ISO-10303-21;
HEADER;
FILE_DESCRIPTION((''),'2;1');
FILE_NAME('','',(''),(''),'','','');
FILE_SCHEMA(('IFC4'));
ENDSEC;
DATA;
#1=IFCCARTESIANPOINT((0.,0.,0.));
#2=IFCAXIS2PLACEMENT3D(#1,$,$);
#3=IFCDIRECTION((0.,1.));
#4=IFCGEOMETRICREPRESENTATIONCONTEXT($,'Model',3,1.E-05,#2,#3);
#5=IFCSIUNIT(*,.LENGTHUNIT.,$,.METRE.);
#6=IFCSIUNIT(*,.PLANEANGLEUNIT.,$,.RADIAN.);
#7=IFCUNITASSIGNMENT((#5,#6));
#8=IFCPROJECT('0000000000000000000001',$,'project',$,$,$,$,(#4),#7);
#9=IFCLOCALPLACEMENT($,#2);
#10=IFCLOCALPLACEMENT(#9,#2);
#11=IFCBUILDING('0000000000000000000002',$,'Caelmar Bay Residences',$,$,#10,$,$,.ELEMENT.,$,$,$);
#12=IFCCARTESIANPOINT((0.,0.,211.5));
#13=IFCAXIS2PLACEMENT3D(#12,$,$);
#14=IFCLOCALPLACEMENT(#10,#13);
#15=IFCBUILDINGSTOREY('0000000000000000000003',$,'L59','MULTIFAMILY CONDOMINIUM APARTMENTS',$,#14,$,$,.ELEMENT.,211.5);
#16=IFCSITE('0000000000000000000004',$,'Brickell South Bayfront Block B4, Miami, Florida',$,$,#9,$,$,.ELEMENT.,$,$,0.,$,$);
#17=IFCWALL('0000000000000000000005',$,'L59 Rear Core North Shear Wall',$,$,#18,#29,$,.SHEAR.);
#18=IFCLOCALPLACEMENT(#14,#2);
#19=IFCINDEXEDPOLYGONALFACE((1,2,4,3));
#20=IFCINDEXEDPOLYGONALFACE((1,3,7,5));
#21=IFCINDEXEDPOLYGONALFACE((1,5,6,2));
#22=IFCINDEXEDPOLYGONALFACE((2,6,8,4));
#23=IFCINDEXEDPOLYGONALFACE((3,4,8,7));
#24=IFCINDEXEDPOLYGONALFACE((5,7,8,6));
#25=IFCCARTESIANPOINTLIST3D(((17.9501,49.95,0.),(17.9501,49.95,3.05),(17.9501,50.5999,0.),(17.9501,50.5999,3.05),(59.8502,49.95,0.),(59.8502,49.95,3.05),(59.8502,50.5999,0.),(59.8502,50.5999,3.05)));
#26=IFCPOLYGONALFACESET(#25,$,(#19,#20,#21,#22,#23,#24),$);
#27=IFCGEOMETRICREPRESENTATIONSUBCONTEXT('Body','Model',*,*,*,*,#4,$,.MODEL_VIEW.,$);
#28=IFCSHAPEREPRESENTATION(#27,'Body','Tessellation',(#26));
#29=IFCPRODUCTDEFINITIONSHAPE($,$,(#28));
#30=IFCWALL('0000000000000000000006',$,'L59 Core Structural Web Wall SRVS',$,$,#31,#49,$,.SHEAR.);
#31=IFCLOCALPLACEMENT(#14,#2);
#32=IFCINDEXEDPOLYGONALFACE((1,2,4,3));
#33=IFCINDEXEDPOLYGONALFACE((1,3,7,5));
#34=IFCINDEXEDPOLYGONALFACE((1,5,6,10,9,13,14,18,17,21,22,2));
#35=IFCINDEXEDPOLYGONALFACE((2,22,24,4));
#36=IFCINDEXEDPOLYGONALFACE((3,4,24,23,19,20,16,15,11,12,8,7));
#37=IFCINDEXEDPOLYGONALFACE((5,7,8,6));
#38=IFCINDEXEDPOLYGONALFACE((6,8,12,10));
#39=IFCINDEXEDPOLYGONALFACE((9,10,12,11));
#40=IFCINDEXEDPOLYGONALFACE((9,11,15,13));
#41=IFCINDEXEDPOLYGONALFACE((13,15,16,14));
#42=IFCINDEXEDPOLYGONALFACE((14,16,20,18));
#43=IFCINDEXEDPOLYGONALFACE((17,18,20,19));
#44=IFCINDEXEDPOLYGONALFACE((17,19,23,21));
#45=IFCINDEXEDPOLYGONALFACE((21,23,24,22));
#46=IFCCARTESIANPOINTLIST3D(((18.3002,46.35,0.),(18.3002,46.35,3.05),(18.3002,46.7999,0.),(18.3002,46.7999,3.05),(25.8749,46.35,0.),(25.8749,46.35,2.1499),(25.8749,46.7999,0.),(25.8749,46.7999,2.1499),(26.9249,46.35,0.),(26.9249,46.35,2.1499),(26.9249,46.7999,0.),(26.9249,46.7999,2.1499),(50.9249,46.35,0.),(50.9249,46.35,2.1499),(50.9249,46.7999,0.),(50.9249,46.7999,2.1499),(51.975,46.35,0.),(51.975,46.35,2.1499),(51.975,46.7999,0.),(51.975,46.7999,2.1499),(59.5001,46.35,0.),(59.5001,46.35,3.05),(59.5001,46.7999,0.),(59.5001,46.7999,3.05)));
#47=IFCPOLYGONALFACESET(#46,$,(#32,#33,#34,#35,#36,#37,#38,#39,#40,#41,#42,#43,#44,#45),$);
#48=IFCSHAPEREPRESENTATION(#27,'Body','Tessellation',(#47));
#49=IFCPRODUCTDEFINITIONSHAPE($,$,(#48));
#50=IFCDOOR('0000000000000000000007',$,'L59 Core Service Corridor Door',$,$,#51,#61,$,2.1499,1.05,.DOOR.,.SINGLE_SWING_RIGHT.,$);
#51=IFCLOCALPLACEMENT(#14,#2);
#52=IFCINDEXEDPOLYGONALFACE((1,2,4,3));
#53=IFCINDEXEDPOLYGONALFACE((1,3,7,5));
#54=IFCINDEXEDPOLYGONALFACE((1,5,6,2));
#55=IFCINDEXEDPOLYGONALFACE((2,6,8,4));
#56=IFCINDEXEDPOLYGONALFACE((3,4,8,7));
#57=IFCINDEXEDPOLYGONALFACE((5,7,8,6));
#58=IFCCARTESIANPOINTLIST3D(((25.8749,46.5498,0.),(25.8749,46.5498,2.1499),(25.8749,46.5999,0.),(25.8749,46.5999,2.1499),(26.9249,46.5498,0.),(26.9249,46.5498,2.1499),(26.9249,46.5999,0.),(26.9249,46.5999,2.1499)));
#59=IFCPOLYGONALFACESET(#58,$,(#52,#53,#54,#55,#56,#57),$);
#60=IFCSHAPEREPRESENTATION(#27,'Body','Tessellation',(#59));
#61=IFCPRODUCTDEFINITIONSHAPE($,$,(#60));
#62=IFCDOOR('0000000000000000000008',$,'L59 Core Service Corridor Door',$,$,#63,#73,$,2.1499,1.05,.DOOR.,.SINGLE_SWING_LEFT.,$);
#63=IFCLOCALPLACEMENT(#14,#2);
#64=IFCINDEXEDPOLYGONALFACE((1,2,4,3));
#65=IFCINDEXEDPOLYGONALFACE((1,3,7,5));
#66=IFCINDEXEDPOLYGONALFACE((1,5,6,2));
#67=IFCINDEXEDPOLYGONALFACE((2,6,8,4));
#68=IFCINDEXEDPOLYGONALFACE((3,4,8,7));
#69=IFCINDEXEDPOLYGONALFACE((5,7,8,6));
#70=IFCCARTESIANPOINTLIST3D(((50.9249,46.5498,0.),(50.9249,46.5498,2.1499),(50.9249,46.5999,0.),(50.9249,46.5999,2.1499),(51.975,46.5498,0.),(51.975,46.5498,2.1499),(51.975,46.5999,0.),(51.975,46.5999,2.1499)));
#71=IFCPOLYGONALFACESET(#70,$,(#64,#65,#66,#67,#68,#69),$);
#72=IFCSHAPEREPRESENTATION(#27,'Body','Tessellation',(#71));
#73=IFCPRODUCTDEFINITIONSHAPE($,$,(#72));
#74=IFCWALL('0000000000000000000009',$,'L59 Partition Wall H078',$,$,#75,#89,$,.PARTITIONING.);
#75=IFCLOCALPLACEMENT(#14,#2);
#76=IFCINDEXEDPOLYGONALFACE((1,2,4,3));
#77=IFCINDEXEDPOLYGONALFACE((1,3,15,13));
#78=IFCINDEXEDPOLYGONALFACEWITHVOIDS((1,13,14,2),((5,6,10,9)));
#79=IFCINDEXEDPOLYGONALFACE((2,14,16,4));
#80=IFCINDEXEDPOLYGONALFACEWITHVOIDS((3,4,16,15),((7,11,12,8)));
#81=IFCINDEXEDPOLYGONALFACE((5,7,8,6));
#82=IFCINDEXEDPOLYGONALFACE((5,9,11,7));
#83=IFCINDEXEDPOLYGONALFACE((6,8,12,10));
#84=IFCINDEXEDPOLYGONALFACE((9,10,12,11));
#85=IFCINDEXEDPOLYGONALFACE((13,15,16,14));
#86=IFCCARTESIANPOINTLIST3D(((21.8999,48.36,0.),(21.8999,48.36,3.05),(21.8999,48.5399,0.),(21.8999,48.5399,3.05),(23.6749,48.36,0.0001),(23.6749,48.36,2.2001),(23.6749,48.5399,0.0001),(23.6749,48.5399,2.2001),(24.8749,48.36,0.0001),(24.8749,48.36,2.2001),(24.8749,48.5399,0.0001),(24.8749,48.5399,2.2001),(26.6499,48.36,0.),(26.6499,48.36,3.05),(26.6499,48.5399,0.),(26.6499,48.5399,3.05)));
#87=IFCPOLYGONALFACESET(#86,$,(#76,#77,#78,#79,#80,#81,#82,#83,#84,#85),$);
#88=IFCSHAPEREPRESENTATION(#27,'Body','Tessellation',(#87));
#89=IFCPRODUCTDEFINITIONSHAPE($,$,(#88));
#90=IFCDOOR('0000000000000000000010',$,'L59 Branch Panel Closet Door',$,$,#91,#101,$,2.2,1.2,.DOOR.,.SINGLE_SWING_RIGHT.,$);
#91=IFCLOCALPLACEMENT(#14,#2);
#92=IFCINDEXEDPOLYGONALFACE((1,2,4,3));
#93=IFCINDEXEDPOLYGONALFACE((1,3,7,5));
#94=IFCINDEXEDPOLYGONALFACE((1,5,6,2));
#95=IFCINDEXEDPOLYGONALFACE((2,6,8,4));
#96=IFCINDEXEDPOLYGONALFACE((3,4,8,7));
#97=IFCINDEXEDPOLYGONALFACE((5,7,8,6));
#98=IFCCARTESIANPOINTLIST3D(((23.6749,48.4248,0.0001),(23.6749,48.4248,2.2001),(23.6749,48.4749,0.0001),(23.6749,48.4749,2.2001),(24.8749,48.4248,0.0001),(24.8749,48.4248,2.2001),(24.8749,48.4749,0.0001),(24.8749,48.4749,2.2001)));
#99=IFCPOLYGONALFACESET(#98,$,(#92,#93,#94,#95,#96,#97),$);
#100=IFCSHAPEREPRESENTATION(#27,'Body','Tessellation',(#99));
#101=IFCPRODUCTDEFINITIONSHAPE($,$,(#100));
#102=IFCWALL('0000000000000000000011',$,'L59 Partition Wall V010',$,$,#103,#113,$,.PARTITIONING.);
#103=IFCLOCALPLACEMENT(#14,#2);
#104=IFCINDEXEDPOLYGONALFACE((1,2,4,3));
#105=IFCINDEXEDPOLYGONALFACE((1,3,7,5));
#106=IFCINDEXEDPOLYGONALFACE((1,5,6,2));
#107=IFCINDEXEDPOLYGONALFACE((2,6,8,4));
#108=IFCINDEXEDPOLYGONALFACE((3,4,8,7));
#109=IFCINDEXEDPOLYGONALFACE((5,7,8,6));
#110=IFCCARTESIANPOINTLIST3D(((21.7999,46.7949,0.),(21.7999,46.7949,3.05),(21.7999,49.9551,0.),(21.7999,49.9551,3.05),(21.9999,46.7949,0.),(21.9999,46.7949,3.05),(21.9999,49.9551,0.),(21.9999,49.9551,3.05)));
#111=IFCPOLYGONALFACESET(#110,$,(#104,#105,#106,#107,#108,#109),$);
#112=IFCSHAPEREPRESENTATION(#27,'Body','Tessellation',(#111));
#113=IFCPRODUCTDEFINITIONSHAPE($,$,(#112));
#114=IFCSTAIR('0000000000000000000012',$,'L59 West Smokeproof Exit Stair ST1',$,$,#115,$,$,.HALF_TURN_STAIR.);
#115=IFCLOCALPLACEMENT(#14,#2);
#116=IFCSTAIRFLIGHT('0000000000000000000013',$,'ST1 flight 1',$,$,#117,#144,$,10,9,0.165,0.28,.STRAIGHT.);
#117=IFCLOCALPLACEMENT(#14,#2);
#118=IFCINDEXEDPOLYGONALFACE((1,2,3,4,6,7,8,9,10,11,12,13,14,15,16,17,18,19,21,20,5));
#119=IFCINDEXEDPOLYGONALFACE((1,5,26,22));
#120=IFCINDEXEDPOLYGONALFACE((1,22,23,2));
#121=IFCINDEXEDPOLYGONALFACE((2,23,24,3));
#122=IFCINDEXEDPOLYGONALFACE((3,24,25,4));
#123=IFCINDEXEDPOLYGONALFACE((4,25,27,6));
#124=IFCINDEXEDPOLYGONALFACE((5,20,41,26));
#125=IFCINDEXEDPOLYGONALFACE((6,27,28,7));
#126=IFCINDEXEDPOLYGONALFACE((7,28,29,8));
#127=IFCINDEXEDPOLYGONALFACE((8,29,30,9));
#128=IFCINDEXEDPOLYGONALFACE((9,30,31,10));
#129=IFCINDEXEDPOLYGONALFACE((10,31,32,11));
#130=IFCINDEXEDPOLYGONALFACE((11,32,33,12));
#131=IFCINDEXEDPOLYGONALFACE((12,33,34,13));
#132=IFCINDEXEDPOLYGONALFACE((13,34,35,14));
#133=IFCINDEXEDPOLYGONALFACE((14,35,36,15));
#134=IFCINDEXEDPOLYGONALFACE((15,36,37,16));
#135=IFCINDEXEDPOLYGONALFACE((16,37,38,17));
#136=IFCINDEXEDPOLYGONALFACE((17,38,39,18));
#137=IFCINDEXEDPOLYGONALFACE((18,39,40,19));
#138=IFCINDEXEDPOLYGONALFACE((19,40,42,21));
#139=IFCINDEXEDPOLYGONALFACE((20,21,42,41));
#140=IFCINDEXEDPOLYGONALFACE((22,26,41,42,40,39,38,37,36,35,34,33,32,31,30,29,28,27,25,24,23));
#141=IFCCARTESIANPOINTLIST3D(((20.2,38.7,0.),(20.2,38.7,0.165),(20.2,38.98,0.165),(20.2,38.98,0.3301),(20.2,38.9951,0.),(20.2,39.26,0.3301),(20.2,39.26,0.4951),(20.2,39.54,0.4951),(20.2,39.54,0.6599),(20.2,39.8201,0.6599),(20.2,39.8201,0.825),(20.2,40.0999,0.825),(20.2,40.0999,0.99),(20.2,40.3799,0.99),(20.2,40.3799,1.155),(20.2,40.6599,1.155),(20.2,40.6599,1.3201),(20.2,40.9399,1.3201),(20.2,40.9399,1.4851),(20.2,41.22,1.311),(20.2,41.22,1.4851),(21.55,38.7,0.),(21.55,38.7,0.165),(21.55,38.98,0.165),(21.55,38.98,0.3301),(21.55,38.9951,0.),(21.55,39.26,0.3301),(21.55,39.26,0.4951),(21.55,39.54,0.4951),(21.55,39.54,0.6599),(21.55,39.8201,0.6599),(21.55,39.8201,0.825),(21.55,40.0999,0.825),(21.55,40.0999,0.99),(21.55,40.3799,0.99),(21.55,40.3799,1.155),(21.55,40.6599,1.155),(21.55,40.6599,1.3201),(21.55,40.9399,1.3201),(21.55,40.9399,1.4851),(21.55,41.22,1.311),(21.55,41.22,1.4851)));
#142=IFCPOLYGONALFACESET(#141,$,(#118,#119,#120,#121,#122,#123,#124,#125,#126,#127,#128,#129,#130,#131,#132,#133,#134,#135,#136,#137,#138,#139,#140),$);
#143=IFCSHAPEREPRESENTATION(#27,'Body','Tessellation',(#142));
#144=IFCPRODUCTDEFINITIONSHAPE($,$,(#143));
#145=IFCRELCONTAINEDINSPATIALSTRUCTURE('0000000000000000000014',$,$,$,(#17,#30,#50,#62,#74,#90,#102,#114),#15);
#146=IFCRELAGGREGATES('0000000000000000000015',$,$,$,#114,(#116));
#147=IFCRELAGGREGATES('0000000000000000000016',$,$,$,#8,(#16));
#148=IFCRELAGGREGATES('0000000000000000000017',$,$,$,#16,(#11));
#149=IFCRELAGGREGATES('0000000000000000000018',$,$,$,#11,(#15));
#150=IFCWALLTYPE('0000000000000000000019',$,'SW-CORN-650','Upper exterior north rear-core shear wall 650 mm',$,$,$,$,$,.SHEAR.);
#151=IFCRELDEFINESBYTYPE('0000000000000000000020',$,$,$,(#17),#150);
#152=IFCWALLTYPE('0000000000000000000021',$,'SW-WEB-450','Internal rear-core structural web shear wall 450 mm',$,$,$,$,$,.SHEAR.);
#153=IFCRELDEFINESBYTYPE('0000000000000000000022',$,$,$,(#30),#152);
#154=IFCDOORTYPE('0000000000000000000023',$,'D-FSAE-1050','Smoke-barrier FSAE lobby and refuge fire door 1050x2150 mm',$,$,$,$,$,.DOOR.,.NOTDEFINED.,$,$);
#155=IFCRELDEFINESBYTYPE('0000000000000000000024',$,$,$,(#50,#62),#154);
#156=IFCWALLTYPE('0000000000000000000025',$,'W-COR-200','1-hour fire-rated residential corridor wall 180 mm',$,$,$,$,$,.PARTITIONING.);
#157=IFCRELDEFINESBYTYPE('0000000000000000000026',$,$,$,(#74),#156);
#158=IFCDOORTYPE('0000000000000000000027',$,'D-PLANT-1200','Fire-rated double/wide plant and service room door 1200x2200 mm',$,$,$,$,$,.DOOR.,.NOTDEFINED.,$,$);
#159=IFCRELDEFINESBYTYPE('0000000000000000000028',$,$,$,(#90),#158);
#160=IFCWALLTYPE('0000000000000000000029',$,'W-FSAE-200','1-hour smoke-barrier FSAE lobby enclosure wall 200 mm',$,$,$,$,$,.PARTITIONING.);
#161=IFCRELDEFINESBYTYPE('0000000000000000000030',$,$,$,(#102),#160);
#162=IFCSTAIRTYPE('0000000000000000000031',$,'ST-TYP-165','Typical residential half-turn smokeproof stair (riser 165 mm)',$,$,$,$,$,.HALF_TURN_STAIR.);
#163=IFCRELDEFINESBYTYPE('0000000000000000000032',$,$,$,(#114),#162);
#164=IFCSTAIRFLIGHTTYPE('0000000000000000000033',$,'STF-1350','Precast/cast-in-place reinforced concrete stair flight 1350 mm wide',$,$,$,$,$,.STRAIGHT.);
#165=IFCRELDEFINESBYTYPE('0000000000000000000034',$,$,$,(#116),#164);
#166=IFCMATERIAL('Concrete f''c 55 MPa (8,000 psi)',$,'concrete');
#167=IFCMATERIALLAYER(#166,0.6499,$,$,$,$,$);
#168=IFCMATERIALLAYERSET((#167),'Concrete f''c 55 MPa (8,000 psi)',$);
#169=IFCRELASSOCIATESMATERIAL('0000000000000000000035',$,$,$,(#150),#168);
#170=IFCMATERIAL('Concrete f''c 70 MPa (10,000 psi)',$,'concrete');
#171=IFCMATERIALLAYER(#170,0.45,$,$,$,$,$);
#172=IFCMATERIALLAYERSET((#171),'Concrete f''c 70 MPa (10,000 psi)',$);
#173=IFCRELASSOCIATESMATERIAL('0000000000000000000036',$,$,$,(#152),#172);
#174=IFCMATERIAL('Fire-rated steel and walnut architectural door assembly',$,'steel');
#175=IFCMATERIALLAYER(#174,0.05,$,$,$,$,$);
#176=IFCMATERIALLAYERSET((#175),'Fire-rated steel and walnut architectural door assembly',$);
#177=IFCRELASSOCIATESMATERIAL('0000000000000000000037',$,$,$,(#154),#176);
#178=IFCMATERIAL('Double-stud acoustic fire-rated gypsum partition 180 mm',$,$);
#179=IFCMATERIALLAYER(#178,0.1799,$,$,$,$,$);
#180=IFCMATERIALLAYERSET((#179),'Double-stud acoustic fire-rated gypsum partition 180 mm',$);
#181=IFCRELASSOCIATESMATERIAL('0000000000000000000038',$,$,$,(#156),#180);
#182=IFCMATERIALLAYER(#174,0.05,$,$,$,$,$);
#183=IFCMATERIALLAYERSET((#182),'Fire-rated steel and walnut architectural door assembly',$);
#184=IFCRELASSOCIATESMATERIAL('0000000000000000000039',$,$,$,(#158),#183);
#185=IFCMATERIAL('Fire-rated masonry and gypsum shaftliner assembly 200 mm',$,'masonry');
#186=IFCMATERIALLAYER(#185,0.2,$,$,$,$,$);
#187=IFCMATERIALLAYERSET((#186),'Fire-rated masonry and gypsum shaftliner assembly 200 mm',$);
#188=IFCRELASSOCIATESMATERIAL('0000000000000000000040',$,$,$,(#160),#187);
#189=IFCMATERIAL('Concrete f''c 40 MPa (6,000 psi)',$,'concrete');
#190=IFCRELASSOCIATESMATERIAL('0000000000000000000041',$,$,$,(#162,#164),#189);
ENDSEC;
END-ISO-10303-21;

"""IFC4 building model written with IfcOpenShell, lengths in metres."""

from ifc_helpers import new_model, si_unit, direction, frame, frame_2d, origin, place, context, subcontext, project, spatial, polyline, rectangle, outline, extrude, material, layer, layer_set, type_object, element, fill, aggregate, save


model = new_model("IFC4")

# Units and contexts
model_context = context("Model", 3, precision=1e-05, world=origin(), true_north=direction((0.0, 1.0)))
body_context = subcontext(model_context, "Body", "Model", "MODEL_VIEW")
ifc_project = project(units=[si_unit("LENGTHUNIT", "METRE"), si_unit("PLANEANGLEUNIT", "RADIAN")], contexts=[model_context])

# Site, building, storey
site_placement = place(None, origin())
site = spatial("IfcSite", under=ifc_project, at=site_placement, Name="Brickell South Bayfront Block B4, Miami, Florida", CompositionType="ELEMENT", RefElevation=0.0)
building_placement = place(site_placement, origin())
building = spatial("IfcBuilding", under=site, at=building_placement, Name="Caelmar Bay Residences", CompositionType="ELEMENT")
storey_placement = place(building_placement, frame((0.0, 0.0, 211.5)))
storey = spatial("IfcBuildingStorey", under=building, at=storey_placement, Name="L59", Description="MULTIFAMILY CONDOMINIUM APARTMENTS", CompositionType="ELEMENT", Elevation=211.5)

# Wall
ifc_material_1 = material(Name="Concrete f'c 55 MPa (8,000 psi)", Category="concrete")
ifc_layer_1 = layer(ifc_material_1, 0.6499)
ifc_layer_set_1 = layer_set([ifc_layer_1], Name="Concrete f'c 55 MPa (8,000 psi)")
wall_type_1 = type_object("IfcWallType", Name="SW-CORN-650", Description="Upper exterior north rear-core shear wall 650 mm", PredefinedType="SHEAR", material=ifc_layer_set_1)
wall_1_placement = place(storey_placement, frame((17.95, 50.2749, 0.0), z_axis=(0.0, 0.0, 1.0), x_axis=(1.0, 0.0, 0.0)))
element("IfcWall", 1, at=wall_1_placement, inside=storey, type_object=wall_type_1, Name="L59 Rear Core North Shear Wall", PredefinedType="SHEAR", context=body_context, shape_type="SweptSolid", body=[
    extrude(rectangle(XDim=41.9001, YDim=0.6499, at=frame_2d((20.9502, 0.0))), origin(), (0.0, 0.0, 1.0), 3.05),
])

# Wall, openings, doors
ifc_material_2 = material(Name="Concrete f'c 70 MPa (10,000 psi)", Category="concrete")
ifc_layer_2 = layer(ifc_material_2, 0.45)
ifc_layer_set_2 = layer_set([ifc_layer_2], Name="Concrete f'c 70 MPa (10,000 psi)")
wall_type_2 = type_object("IfcWallType", Name="SW-WEB-450", Description="Internal rear-core structural web shear wall 450 mm", PredefinedType="SHEAR", material=ifc_layer_set_2)
ifc_material_3 = material(Name="Fire-rated steel and walnut architectural door assembly", Category="steel")
ifc_layer_3 = layer(ifc_material_3, 0.05)
ifc_layer_set_3 = layer_set([ifc_layer_3], Name="Fire-rated steel and walnut architectural door assembly")
door_type_1 = type_object("IfcDoorType", Name="D-FSAE-1050", Description="Smoke-barrier FSAE lobby and refuge fire door 1050x2150 mm", OperationType="NOTDEFINED", PredefinedType="DOOR", material=ifc_layer_set_3)
wall_2_placement = place(storey_placement, frame((18.3, 46.575, 0.0), z_axis=(0.0, 0.0, 1.0), x_axis=(1.0, 0.0, 0.0)))
wall_2 = element("IfcWall", 2, at=wall_2_placement, inside=storey, type_object=wall_type_2, Name="L59 Core Structural Web Wall SRVS", PredefinedType="SHEAR", context=body_context, shape_type="SweptSolid", body=[
    extrude(rectangle(XDim=41.2, YDim=0.45, at=frame_2d((20.6001, 0.0))), origin(), (0.0, 0.0, 1.0), 3.05),
])
opening_1_placement = place(wall_2_placement, frame((7.575, 0.0, 0.0)))
opening_1 = element("IfcOpeningElement", 3, at=opening_1_placement, cuts=wall_2, PredefinedType="OPENING", context=body_context, shape_type="SweptSolid", body=[
    extrude(rectangle(XDim=1.05, YDim=2.1499, at=frame_2d((0.5249, 1.075))), frame((0.0, 0.2349, 0.0), z_axis=(0.0, -1.0, 0.0), x_axis=(1.0, 0.0, 0.0)), (0.0, 0.0, 1.0), 0.47),
])
opening_2_placement = place(wall_2_placement, frame((32.625, 0.0, 0.0)))
opening_2 = element("IfcOpeningElement", 4, at=opening_2_placement, cuts=wall_2, PredefinedType="OPENING", context=body_context, shape_type="SweptSolid", body=[
    extrude(rectangle(XDim=1.05, YDim=2.1499, at=frame_2d((0.5249, 1.075))), frame((0.0, 0.2349, 0.0), z_axis=(0.0, -1.0, 0.0), x_axis=(1.0, 0.0, 0.0)), (0.0, 0.0, 1.0), 0.47),
])
door_1_placement = place(opening_1_placement, origin())
door_1 = element("IfcDoor", 5, at=door_1_placement, inside=storey, type_object=door_type_1, Name="L59 Core Service Corridor Door", OperationType="SINGLE_SWING_RIGHT", OverallHeight=2.1499, OverallWidth=1.05, PredefinedType="DOOR", context=body_context, shape_type="SweptSolid", body=[
    extrude(rectangle(XDim=1.05, YDim=2.1499, at=frame_2d((0.5249, 1.075))), frame((0.0, 0.0249, 0.0), z_axis=(0.0, -1.0, 0.0), x_axis=(1.0, 0.0, 0.0)), (0.0, 0.0, 1.0), 0.05),
])
fill(opening_1, door_1)
door_2_placement = place(opening_2_placement, origin())
door_2 = element("IfcDoor", 6, at=door_2_placement, inside=storey, type_object=door_type_1, Name="L59 Core Service Corridor Door", OperationType="SINGLE_SWING_LEFT", OverallHeight=2.1499, OverallWidth=1.05, PredefinedType="DOOR", context=body_context, shape_type="SweptSolid", body=[
    extrude(rectangle(XDim=1.05, YDim=2.1499, at=frame_2d((0.5249, 1.075))), frame((0.0, 0.0249, 0.0), z_axis=(0.0, -1.0, 0.0), x_axis=(1.0, 0.0, 0.0)), (0.0, 0.0, 1.0), 0.05),
])
fill(opening_2, door_2)

# Wall, opening, door
ifc_material_4 = material(Name="Double-stud acoustic fire-rated gypsum partition 180 mm")
ifc_layer_4 = layer(ifc_material_4, 0.1799)
ifc_layer_set_4 = layer_set([ifc_layer_4], Name="Double-stud acoustic fire-rated gypsum partition 180 mm")
wall_type_3 = type_object("IfcWallType", Name="W-COR-200", Description="1-hour fire-rated residential corridor wall 180 mm", PredefinedType="PARTITIONING", material=ifc_layer_set_4)
wall_3_placement = place(storey_placement, frame((21.8999, 48.45, 0.0), z_axis=(0.0, 0.0, 1.0), x_axis=(1.0, 0.0, 0.0)))
wall_3 = element("IfcWall", 7, at=wall_3_placement, inside=storey, type_object=wall_type_3, Name="L59 Partition Wall H078", PredefinedType="PARTITIONING", context=body_context, shape_type="SweptSolid", body=[
    extrude(rectangle(XDim=4.75, YDim=0.1799, at=frame_2d((2.375, 0.0))), origin(), (0.0, 0.0, 1.0), 3.05),
])
opening_3_placement = place(wall_3_placement, frame((1.7749, 0.0, 0.0)))
opening_3 = element("IfcOpeningElement", 8, at=opening_3_placement, cuts=wall_3, PredefinedType="OPENING", context=body_context, shape_type="SweptSolid", body=[
    extrude(rectangle(XDim=1.2, YDim=2.2, at=frame_2d((0.6001, 1.1001))), frame((0.0, 0.0999, 0.0), z_axis=(0.0, -1.0, 0.0), x_axis=(1.0, 0.0, 0.0)), (0.0, 0.0, 1.0), 0.2),
])
ifc_layer_5 = layer(ifc_material_3, 0.05)
ifc_layer_set_5 = layer_set([ifc_layer_5], Name="Fire-rated steel and walnut architectural door assembly")
door_type_2 = type_object("IfcDoorType", Name="D-PLANT-1200", Description="Fire-rated double/wide plant and service room door 1200x2200 mm", OperationType="NOTDEFINED", PredefinedType="DOOR", material=ifc_layer_set_5)
door_3_placement = place(opening_3_placement, origin())
door_3 = element("IfcDoor", 9, at=door_3_placement, inside=storey, type_object=door_type_2, Name="L59 Branch Panel Closet Door", OperationType="SINGLE_SWING_RIGHT", OverallHeight=2.2, OverallWidth=1.2, PredefinedType="DOOR", context=body_context, shape_type="SweptSolid", body=[
    extrude(rectangle(XDim=1.2, YDim=2.2, at=frame_2d((0.6001, 1.1001))), frame((0.0, 0.0249, 0.0), z_axis=(0.0, -1.0, 0.0), x_axis=(1.0, 0.0, 0.0)), (0.0, 0.0, 1.0), 0.05),
])
fill(opening_3, door_3)

# Wall
ifc_material_5 = material(Name="Fire-rated masonry and gypsum shaftliner assembly 200 mm", Category="masonry")
ifc_layer_6 = layer(ifc_material_5, 0.2)
ifc_layer_set_6 = layer_set([ifc_layer_6], Name="Fire-rated masonry and gypsum shaftliner assembly 200 mm")
wall_type_4 = type_object("IfcWallType", Name="W-FSAE-200", Description="1-hour smoke-barrier FSAE lobby enclosure wall 200 mm", PredefinedType="PARTITIONING", material=ifc_layer_set_6)
wall_4_placement = place(storey_placement, frame((21.8999, 46.7949, 0.0), z_axis=(0.0, 0.0, 1.0), x_axis=(0.0, 1.0, 0.0)))
element("IfcWall", 10, at=wall_4_placement, inside=storey, type_object=wall_type_4, Name="L59 Partition Wall V010", PredefinedType="PARTITIONING", context=body_context, shape_type="SweptSolid", body=[
    extrude(rectangle(XDim=3.1602, YDim=0.2, at=frame_2d((1.5801, 0.0))), origin(), (0.0, 0.0, 1.0), 3.05),
])

# Stair, stair flight
ifc_material_6 = material(Name="Concrete f'c 40 MPa (6,000 psi)", Category="concrete")
stair_type = type_object("IfcStairType", Name="ST-TYP-165", Description="Typical residential half-turn smokeproof stair (riser 165 mm)", PredefinedType="HALF_TURN_STAIR", material=ifc_material_6)
stair_placement = place(storey_placement, origin())
stair = element("IfcStair", 11, at=stair_placement, inside=storey, type_object=stair_type, Name="L59 West Smokeproof Exit Stair ST1", PredefinedType="HALF_TURN_STAIR")
stair_flight_type = type_object("IfcStairFlightType", Name="STF-1350", Description="Precast/cast-in-place reinforced concrete stair flight 1350 mm wide", PredefinedType="STRAIGHT", material=ifc_material_6)
stair_flight_1_placement = place(storey_placement, frame((20.875, 38.7, 0.0), z_axis=(0.0, 0.0, 1.0), x_axis=(0.0, 1.0, 0.0)))
stair_flight_1 = element("IfcStairFlight", 12, at=stair_flight_1_placement, type_object=stair_flight_type, Name="ST1 flight 1", NumberOfRisers=10, NumberOfTreads=9, PredefinedType="STRAIGHT", RiserHeight=0.165, TreadLength=0.28, context=body_context, shape_type="SweptSolid", body=[
    extrude(outline(polyline([(0.0, 0.0), (0.0, 0.165), (0.28, 0.165), (0.28, 0.3301), (0.5601, 0.3301), (0.5601, 0.4951), (0.8401, 0.4951), (0.8401, 0.6599), (1.1201, 0.6599), (1.1201, 0.825), (1.3999, 0.825), (1.3999, 0.99), (1.6799, 0.99), (1.6799, 1.155), (1.96, 1.155), (1.96, 1.3201), (2.24, 1.3201), (2.24, 1.4851), (2.52, 1.4851), (2.52, 1.6499), (2.52, 1.311), (0.2952, 0.0), (0.0, 0.0)])), frame((0.0, 0.675, 0.0), z_axis=(0.0, -1.0, 0.0), x_axis=(1.0, 0.0, 0.0)), (0.0, 0.0, 1.0), 1.3501),
])
aggregate(stair, [stair_flight_1])

save(model, "model.ifc")
